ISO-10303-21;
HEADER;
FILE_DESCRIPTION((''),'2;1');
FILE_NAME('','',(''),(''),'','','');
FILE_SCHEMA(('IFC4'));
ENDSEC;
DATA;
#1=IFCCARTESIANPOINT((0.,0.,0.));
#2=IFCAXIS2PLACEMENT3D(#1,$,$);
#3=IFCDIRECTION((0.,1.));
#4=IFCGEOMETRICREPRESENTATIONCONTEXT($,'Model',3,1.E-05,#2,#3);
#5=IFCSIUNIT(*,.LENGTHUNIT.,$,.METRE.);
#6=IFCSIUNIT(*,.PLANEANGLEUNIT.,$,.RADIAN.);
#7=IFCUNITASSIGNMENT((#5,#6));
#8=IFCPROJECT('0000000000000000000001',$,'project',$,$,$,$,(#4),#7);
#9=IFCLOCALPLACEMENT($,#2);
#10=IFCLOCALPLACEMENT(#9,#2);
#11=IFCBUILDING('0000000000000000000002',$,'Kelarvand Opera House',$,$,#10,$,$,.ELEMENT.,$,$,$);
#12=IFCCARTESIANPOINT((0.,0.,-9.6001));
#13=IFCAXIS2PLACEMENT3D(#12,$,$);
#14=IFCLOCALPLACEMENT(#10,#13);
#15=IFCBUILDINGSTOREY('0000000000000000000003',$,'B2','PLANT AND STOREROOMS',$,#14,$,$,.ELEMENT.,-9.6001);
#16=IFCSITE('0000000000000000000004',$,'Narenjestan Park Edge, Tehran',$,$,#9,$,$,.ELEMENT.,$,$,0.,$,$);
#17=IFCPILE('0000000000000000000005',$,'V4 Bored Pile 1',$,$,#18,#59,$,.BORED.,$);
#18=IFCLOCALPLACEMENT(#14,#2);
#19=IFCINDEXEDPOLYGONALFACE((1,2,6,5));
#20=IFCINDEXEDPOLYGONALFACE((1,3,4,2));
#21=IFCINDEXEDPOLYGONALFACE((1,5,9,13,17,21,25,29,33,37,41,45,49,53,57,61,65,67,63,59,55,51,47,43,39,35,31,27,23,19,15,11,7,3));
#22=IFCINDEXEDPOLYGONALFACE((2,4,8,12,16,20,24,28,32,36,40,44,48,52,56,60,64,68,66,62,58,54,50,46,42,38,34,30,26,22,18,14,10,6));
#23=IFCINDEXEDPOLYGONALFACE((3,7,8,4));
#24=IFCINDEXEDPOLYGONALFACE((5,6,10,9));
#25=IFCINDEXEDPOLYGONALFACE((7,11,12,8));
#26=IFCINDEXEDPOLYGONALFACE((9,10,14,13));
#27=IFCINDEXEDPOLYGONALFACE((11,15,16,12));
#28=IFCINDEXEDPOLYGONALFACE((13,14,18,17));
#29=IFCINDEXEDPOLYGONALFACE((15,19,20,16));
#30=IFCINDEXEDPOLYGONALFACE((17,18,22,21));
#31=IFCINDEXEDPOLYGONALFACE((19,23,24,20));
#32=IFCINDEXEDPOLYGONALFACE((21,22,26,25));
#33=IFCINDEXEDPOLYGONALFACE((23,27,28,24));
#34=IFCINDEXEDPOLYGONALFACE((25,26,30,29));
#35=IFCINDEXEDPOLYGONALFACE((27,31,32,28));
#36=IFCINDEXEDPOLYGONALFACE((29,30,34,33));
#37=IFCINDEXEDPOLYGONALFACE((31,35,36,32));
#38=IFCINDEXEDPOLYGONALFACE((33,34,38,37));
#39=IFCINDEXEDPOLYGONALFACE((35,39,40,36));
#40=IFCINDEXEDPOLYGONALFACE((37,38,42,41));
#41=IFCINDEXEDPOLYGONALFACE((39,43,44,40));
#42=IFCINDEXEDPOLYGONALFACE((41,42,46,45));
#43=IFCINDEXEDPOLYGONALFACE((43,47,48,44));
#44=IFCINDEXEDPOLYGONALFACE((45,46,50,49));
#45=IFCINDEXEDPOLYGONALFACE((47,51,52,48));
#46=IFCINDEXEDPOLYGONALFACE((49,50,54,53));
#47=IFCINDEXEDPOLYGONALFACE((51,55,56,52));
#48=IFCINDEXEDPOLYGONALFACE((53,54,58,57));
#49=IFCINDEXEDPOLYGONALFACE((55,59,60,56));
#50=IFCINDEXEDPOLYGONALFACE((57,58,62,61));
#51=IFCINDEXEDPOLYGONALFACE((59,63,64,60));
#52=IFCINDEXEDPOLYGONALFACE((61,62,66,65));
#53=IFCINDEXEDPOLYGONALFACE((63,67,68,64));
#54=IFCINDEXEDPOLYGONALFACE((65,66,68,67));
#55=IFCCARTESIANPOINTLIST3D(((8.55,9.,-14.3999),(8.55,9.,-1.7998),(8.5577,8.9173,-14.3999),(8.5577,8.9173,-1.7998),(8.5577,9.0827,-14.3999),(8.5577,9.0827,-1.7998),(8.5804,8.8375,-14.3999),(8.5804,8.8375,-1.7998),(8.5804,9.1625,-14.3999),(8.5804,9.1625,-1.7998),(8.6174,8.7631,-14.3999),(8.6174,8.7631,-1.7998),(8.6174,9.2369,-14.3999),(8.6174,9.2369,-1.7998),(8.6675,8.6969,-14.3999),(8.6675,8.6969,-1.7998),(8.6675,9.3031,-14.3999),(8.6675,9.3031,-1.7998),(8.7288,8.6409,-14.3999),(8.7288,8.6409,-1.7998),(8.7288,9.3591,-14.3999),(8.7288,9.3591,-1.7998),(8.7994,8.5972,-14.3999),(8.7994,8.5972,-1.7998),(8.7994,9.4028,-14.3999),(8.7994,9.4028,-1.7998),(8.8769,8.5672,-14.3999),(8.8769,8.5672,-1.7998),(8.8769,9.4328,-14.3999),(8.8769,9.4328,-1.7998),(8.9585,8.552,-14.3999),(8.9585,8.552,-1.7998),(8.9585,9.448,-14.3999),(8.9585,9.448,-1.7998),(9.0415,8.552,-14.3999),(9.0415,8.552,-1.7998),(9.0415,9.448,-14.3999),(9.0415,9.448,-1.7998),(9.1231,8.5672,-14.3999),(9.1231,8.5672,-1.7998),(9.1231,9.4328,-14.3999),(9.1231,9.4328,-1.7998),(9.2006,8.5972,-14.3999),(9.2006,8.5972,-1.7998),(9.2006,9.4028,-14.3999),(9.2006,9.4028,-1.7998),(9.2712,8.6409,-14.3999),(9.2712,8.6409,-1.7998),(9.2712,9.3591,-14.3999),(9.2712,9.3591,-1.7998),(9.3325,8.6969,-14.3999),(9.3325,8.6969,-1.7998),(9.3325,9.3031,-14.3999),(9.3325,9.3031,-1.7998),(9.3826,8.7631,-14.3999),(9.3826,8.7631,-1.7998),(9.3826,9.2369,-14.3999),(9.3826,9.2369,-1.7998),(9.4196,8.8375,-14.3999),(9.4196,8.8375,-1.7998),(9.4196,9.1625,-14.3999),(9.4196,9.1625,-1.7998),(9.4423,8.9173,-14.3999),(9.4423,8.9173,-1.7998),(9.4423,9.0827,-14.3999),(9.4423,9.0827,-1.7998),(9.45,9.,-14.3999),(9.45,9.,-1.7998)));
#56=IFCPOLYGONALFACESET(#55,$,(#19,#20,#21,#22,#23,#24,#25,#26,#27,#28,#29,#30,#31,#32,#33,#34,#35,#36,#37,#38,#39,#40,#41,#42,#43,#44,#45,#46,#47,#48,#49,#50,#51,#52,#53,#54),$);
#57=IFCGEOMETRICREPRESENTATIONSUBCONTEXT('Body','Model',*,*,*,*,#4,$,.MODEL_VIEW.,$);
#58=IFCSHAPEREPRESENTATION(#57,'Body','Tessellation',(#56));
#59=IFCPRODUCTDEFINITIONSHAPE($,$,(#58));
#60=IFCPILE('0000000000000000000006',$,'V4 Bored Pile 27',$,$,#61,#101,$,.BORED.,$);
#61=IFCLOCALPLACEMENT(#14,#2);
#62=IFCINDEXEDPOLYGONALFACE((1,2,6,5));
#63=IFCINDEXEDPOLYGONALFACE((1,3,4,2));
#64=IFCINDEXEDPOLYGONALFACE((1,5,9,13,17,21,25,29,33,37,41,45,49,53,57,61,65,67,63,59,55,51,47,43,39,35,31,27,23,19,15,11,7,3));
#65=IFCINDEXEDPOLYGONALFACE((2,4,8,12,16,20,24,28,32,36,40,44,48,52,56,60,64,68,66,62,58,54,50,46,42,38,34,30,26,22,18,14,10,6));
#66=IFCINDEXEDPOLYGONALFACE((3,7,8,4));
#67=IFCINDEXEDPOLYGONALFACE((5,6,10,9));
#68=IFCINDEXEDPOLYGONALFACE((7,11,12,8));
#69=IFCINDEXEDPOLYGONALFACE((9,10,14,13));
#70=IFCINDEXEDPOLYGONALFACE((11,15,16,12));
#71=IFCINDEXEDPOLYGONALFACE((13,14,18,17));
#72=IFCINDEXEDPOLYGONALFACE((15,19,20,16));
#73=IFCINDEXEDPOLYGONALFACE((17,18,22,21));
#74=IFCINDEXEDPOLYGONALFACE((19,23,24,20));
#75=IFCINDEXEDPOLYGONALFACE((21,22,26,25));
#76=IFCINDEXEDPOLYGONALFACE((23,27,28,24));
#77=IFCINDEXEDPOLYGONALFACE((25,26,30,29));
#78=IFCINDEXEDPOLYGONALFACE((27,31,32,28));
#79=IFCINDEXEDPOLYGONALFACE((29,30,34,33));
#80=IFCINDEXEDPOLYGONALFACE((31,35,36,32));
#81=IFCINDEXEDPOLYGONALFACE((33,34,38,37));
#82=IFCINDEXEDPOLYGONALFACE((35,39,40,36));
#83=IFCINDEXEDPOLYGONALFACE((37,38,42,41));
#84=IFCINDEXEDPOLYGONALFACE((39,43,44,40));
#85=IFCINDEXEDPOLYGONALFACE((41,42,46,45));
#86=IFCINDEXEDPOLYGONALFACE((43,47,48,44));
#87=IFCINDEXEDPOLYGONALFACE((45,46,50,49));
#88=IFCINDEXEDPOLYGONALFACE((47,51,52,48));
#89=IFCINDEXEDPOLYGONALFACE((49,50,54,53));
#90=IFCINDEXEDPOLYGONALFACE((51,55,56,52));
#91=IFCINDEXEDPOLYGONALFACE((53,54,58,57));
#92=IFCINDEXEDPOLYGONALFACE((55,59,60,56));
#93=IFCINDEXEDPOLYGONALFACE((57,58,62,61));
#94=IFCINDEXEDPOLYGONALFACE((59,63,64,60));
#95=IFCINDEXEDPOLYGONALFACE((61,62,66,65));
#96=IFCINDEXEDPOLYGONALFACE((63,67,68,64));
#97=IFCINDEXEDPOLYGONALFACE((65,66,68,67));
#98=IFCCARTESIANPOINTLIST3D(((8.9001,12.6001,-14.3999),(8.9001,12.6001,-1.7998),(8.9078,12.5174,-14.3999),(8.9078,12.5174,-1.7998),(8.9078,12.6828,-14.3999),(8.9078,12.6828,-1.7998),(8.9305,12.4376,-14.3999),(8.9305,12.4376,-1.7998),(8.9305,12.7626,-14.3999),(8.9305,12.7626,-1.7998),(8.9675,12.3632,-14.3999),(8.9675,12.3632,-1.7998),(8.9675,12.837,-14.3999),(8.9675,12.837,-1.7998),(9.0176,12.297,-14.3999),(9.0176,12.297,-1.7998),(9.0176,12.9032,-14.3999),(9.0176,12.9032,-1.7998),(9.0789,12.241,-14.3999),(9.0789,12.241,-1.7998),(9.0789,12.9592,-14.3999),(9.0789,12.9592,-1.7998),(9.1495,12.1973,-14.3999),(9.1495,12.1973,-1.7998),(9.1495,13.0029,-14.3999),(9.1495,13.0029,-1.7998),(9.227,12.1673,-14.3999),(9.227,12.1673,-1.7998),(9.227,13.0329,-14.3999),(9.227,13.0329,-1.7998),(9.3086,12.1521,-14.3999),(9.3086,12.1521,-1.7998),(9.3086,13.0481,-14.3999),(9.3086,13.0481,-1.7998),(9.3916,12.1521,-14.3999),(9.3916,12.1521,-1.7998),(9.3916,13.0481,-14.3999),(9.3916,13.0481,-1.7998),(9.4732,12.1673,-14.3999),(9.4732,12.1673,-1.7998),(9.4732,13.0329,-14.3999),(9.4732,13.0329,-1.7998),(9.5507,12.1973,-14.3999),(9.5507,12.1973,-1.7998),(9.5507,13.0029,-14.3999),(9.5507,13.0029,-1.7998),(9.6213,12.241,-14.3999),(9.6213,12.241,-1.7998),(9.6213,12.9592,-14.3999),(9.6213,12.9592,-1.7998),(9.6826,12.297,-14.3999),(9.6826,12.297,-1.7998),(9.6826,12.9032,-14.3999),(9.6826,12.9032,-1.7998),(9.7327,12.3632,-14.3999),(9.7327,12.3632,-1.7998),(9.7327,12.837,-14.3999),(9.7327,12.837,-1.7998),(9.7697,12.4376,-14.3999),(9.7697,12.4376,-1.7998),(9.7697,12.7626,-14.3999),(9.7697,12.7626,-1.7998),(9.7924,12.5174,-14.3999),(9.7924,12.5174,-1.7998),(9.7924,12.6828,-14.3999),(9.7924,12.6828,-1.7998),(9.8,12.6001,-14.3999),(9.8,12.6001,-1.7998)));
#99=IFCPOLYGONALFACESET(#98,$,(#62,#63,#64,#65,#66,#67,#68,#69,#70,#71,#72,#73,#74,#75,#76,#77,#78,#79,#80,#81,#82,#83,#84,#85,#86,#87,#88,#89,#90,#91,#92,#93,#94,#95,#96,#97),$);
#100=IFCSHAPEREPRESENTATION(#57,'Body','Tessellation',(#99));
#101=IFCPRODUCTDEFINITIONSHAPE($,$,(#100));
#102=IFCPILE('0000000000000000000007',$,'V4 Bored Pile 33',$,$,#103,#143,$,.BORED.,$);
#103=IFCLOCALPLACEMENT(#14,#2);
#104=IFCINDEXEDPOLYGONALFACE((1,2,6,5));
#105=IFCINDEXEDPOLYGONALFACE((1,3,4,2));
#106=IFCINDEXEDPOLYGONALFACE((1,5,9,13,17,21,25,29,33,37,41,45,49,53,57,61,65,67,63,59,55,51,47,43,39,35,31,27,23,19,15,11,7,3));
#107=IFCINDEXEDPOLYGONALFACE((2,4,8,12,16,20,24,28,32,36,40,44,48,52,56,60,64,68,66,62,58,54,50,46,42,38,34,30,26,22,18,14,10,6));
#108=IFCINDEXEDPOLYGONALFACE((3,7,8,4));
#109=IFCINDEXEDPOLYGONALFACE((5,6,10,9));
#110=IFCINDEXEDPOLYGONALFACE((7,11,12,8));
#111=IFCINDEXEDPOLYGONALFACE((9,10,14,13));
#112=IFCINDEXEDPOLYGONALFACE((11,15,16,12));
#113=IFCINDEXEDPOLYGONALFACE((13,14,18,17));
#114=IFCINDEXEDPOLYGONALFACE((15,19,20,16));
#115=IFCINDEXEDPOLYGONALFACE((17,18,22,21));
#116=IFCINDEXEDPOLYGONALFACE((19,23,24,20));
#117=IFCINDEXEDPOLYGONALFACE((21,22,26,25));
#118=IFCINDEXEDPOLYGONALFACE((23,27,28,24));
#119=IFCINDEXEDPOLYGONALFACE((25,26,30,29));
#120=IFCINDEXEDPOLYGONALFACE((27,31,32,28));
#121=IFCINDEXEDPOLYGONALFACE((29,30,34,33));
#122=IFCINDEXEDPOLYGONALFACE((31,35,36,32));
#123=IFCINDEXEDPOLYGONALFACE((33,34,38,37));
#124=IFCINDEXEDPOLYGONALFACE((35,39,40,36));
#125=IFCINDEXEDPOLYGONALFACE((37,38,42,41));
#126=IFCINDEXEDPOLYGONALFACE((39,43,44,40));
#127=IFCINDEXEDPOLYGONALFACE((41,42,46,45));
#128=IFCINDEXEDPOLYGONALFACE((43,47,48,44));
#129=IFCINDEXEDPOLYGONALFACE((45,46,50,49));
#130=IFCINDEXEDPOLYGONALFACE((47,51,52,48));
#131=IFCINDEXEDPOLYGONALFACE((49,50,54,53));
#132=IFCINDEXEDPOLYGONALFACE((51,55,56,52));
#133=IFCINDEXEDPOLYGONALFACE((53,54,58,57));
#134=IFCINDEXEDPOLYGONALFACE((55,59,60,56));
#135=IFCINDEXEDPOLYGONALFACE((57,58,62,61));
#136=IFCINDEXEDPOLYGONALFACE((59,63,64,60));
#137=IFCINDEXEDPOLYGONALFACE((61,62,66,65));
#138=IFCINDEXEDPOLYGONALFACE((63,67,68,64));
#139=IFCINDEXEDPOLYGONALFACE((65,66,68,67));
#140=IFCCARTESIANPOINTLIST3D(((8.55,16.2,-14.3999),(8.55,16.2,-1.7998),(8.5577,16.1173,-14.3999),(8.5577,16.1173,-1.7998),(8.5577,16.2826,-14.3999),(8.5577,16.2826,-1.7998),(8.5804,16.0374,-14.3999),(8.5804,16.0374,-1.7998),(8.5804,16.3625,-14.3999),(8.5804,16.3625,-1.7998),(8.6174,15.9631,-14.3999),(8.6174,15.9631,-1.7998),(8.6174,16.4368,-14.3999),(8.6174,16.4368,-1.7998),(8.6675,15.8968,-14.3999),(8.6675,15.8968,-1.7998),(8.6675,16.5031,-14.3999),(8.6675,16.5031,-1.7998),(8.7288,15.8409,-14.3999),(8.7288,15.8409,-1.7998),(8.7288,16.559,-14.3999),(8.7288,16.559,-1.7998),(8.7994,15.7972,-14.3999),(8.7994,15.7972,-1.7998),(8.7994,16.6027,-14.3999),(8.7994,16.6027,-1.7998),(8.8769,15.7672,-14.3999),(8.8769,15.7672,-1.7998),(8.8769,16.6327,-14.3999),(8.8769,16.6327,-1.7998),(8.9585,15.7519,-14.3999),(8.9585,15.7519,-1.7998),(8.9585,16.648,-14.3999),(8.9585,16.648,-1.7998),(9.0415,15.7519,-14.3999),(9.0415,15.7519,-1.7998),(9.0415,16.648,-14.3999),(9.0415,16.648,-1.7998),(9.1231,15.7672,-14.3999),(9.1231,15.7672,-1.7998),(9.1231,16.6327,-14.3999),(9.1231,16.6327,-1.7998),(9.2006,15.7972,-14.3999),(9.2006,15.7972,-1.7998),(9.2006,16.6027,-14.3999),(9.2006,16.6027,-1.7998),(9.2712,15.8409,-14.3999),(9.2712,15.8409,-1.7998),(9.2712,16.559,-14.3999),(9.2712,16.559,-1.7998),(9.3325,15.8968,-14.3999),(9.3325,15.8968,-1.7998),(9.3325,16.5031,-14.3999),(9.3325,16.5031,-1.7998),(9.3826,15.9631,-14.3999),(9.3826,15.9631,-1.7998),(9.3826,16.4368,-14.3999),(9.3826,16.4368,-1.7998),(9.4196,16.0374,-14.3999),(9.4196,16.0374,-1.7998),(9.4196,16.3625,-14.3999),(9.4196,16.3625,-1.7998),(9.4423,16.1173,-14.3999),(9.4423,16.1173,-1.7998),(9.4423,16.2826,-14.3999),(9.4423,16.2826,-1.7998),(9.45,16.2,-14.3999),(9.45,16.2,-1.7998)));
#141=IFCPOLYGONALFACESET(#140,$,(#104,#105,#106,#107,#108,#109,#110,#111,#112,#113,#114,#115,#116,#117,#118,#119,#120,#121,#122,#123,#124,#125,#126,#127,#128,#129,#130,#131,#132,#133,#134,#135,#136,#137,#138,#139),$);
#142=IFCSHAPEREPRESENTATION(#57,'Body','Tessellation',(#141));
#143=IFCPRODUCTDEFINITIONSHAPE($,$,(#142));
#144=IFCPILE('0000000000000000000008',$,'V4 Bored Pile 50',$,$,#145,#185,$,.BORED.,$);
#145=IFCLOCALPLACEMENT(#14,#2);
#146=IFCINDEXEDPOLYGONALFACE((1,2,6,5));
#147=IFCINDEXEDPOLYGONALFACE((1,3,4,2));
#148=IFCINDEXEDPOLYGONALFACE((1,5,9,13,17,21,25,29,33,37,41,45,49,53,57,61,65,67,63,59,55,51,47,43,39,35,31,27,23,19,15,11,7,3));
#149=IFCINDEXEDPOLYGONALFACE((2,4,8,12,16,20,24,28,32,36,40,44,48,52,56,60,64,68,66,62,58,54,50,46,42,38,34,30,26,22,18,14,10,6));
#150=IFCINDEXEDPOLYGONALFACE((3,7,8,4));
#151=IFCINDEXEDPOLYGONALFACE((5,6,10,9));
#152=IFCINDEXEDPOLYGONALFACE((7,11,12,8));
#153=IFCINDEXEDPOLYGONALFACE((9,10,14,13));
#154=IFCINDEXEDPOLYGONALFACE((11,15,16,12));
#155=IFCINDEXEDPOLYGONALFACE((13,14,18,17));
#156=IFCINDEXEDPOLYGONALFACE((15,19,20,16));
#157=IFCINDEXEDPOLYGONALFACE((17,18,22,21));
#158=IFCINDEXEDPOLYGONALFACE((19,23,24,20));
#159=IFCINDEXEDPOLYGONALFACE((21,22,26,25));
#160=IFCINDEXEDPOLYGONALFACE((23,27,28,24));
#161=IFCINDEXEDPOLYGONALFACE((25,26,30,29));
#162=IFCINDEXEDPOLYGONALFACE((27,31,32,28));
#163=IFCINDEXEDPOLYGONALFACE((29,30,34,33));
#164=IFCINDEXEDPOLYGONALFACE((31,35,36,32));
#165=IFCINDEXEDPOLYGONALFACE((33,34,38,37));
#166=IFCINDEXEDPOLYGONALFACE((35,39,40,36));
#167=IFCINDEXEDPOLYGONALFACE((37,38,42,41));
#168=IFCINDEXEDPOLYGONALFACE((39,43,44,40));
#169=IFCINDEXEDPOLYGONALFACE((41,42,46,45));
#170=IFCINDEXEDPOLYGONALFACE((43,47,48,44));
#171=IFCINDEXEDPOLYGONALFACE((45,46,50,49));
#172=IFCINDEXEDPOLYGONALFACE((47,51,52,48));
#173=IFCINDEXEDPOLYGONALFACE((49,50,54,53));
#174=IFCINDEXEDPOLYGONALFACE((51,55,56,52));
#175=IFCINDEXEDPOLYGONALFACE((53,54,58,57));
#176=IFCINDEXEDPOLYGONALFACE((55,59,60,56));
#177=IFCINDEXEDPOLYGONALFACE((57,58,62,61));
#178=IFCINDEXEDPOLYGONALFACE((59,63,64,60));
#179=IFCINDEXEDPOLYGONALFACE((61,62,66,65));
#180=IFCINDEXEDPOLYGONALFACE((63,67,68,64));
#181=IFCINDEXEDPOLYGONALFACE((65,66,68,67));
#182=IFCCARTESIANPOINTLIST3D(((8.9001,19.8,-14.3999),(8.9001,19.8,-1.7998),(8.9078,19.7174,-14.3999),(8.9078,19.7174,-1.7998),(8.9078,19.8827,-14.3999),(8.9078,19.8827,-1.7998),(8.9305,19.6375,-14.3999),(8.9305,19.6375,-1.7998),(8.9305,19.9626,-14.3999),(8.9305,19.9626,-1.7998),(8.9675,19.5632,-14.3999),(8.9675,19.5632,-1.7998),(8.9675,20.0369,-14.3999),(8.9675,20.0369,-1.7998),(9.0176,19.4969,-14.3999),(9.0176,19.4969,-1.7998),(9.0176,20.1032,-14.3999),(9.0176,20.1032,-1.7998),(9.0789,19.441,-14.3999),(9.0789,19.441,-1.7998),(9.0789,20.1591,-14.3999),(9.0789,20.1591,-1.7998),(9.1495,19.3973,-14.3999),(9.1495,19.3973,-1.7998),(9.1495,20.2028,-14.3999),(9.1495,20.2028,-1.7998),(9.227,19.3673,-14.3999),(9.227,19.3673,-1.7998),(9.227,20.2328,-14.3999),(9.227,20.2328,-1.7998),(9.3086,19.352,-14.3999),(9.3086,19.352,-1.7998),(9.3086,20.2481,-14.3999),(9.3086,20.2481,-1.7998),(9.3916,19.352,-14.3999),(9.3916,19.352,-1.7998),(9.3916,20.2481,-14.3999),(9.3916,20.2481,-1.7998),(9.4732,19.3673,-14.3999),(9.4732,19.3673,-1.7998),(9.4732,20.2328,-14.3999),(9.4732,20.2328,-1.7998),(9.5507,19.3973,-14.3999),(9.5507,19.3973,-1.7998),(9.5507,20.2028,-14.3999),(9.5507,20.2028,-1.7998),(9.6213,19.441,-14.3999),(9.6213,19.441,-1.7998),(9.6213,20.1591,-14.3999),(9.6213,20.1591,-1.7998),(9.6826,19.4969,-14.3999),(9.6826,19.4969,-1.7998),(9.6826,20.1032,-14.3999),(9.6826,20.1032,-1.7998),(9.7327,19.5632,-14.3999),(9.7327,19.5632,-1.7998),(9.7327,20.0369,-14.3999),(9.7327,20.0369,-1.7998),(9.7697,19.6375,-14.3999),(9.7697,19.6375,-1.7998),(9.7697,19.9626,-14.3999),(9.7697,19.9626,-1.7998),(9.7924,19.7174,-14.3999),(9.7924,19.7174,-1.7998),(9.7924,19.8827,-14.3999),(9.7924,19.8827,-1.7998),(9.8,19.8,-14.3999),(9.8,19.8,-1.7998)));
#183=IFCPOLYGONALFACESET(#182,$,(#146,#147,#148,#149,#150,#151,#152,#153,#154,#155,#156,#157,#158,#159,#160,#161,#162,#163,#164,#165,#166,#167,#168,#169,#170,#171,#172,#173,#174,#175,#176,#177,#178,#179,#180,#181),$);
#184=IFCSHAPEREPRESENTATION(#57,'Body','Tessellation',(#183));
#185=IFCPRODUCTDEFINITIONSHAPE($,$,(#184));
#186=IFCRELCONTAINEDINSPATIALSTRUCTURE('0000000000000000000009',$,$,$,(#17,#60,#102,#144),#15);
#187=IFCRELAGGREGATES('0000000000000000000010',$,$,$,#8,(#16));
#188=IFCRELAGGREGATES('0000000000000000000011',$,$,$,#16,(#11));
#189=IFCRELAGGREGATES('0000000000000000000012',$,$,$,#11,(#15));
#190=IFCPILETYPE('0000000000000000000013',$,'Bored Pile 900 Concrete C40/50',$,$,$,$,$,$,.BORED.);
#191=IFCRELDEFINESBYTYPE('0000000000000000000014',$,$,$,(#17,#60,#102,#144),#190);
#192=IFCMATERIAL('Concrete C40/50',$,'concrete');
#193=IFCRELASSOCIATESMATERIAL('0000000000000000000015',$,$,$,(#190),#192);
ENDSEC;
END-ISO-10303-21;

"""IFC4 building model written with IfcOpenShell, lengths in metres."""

from ifc_helpers import new_model, si_unit, direction, frame, origin, origin_2d, place, context, subcontext, project, spatial, circle, extrude, material, material_profile, profile_set, type_object, element, save


model = new_model("IFC4")

# Units and contexts
model_context = context("Model", 3, precision=1e-05, world=origin(), true_north=direction((0.0, 1.0)))
body_context = subcontext(model_context, "Body", "Model", "MODEL_VIEW")
ifc_project = project(units=[si_unit("LENGTHUNIT", "METRE"), si_unit("PLANEANGLEUNIT", "RADIAN")], contexts=[model_context])

# Site, building, storey
site_placement = place(None, origin())
site = spatial("IfcSite", under=ifc_project, at=site_placement, Name="Narenjestan Park Edge, Tehran", CompositionType="ELEMENT", RefElevation=0.0)
building_placement = place(site_placement, origin())
building = spatial("IfcBuilding", under=site, at=building_placement, Name="Kelarvand Opera House", CompositionType="ELEMENT")
storey_placement = place(building_placement, frame((0.0, 0.0, -9.6001)))
storey = spatial("IfcBuildingStorey", under=building, at=storey_placement, Name="B2", Description="PLANT AND STOREROOMS", CompositionType="ELEMENT", Elevation=-9.6001)

# Piles
ifc_material_1 = material(Name="Concrete C40/50", Category="concrete")
ifc_material_profile_1 = material_profile(ifc_material_1, circle(Radius=0.45, at=origin_2d()), Name="BP 900", Category="concrete")
ifc_profile_set_1 = profile_set([ifc_material_profile_1], Name="Concrete C40/50")
pile_type = type_object("IfcPileType", Name="Bored Pile 900 Concrete C40/50", PredefinedType="BORED", material=ifc_profile_set_1)
for number, where, z_axis, x_axis, name in (
    (1, (9.0, 9.0, -1.7998), (0.0, 0.0, -1.0), (1.0, 0.0, 0.0), "V4 Bored Pile 1"),
    (2, (9.3501, 12.6001, -1.7998), (0.0, 0.0, -1.0), (1.0, 0.0, 0.0), "V4 Bored Pile 27"),
    (3, (9.0, 16.2, -1.7998), (0.0, 0.0, -1.0), (1.0, 0.0, 0.0), "V4 Bored Pile 33"),
    (4, (9.3501, 19.8, -1.7998), (0.0, 0.0, -1.0), (1.0, 0.0, 0.0), "V4 Bored Pile 50"),
):
    element("IfcPile", number, at=place(storey_placement, frame(where, z_axis=z_axis, x_axis=x_axis)), inside=storey, type_object=pile_type, Name=name, PredefinedType="BORED", context=body_context, shape_type="SweptSolid", body=[
        extrude(circle(Radius=0.45, at=origin_2d()), origin(), (0.0, 0.0, 1.0), 12.6001),
    ])

save(model, "model.ifc")
